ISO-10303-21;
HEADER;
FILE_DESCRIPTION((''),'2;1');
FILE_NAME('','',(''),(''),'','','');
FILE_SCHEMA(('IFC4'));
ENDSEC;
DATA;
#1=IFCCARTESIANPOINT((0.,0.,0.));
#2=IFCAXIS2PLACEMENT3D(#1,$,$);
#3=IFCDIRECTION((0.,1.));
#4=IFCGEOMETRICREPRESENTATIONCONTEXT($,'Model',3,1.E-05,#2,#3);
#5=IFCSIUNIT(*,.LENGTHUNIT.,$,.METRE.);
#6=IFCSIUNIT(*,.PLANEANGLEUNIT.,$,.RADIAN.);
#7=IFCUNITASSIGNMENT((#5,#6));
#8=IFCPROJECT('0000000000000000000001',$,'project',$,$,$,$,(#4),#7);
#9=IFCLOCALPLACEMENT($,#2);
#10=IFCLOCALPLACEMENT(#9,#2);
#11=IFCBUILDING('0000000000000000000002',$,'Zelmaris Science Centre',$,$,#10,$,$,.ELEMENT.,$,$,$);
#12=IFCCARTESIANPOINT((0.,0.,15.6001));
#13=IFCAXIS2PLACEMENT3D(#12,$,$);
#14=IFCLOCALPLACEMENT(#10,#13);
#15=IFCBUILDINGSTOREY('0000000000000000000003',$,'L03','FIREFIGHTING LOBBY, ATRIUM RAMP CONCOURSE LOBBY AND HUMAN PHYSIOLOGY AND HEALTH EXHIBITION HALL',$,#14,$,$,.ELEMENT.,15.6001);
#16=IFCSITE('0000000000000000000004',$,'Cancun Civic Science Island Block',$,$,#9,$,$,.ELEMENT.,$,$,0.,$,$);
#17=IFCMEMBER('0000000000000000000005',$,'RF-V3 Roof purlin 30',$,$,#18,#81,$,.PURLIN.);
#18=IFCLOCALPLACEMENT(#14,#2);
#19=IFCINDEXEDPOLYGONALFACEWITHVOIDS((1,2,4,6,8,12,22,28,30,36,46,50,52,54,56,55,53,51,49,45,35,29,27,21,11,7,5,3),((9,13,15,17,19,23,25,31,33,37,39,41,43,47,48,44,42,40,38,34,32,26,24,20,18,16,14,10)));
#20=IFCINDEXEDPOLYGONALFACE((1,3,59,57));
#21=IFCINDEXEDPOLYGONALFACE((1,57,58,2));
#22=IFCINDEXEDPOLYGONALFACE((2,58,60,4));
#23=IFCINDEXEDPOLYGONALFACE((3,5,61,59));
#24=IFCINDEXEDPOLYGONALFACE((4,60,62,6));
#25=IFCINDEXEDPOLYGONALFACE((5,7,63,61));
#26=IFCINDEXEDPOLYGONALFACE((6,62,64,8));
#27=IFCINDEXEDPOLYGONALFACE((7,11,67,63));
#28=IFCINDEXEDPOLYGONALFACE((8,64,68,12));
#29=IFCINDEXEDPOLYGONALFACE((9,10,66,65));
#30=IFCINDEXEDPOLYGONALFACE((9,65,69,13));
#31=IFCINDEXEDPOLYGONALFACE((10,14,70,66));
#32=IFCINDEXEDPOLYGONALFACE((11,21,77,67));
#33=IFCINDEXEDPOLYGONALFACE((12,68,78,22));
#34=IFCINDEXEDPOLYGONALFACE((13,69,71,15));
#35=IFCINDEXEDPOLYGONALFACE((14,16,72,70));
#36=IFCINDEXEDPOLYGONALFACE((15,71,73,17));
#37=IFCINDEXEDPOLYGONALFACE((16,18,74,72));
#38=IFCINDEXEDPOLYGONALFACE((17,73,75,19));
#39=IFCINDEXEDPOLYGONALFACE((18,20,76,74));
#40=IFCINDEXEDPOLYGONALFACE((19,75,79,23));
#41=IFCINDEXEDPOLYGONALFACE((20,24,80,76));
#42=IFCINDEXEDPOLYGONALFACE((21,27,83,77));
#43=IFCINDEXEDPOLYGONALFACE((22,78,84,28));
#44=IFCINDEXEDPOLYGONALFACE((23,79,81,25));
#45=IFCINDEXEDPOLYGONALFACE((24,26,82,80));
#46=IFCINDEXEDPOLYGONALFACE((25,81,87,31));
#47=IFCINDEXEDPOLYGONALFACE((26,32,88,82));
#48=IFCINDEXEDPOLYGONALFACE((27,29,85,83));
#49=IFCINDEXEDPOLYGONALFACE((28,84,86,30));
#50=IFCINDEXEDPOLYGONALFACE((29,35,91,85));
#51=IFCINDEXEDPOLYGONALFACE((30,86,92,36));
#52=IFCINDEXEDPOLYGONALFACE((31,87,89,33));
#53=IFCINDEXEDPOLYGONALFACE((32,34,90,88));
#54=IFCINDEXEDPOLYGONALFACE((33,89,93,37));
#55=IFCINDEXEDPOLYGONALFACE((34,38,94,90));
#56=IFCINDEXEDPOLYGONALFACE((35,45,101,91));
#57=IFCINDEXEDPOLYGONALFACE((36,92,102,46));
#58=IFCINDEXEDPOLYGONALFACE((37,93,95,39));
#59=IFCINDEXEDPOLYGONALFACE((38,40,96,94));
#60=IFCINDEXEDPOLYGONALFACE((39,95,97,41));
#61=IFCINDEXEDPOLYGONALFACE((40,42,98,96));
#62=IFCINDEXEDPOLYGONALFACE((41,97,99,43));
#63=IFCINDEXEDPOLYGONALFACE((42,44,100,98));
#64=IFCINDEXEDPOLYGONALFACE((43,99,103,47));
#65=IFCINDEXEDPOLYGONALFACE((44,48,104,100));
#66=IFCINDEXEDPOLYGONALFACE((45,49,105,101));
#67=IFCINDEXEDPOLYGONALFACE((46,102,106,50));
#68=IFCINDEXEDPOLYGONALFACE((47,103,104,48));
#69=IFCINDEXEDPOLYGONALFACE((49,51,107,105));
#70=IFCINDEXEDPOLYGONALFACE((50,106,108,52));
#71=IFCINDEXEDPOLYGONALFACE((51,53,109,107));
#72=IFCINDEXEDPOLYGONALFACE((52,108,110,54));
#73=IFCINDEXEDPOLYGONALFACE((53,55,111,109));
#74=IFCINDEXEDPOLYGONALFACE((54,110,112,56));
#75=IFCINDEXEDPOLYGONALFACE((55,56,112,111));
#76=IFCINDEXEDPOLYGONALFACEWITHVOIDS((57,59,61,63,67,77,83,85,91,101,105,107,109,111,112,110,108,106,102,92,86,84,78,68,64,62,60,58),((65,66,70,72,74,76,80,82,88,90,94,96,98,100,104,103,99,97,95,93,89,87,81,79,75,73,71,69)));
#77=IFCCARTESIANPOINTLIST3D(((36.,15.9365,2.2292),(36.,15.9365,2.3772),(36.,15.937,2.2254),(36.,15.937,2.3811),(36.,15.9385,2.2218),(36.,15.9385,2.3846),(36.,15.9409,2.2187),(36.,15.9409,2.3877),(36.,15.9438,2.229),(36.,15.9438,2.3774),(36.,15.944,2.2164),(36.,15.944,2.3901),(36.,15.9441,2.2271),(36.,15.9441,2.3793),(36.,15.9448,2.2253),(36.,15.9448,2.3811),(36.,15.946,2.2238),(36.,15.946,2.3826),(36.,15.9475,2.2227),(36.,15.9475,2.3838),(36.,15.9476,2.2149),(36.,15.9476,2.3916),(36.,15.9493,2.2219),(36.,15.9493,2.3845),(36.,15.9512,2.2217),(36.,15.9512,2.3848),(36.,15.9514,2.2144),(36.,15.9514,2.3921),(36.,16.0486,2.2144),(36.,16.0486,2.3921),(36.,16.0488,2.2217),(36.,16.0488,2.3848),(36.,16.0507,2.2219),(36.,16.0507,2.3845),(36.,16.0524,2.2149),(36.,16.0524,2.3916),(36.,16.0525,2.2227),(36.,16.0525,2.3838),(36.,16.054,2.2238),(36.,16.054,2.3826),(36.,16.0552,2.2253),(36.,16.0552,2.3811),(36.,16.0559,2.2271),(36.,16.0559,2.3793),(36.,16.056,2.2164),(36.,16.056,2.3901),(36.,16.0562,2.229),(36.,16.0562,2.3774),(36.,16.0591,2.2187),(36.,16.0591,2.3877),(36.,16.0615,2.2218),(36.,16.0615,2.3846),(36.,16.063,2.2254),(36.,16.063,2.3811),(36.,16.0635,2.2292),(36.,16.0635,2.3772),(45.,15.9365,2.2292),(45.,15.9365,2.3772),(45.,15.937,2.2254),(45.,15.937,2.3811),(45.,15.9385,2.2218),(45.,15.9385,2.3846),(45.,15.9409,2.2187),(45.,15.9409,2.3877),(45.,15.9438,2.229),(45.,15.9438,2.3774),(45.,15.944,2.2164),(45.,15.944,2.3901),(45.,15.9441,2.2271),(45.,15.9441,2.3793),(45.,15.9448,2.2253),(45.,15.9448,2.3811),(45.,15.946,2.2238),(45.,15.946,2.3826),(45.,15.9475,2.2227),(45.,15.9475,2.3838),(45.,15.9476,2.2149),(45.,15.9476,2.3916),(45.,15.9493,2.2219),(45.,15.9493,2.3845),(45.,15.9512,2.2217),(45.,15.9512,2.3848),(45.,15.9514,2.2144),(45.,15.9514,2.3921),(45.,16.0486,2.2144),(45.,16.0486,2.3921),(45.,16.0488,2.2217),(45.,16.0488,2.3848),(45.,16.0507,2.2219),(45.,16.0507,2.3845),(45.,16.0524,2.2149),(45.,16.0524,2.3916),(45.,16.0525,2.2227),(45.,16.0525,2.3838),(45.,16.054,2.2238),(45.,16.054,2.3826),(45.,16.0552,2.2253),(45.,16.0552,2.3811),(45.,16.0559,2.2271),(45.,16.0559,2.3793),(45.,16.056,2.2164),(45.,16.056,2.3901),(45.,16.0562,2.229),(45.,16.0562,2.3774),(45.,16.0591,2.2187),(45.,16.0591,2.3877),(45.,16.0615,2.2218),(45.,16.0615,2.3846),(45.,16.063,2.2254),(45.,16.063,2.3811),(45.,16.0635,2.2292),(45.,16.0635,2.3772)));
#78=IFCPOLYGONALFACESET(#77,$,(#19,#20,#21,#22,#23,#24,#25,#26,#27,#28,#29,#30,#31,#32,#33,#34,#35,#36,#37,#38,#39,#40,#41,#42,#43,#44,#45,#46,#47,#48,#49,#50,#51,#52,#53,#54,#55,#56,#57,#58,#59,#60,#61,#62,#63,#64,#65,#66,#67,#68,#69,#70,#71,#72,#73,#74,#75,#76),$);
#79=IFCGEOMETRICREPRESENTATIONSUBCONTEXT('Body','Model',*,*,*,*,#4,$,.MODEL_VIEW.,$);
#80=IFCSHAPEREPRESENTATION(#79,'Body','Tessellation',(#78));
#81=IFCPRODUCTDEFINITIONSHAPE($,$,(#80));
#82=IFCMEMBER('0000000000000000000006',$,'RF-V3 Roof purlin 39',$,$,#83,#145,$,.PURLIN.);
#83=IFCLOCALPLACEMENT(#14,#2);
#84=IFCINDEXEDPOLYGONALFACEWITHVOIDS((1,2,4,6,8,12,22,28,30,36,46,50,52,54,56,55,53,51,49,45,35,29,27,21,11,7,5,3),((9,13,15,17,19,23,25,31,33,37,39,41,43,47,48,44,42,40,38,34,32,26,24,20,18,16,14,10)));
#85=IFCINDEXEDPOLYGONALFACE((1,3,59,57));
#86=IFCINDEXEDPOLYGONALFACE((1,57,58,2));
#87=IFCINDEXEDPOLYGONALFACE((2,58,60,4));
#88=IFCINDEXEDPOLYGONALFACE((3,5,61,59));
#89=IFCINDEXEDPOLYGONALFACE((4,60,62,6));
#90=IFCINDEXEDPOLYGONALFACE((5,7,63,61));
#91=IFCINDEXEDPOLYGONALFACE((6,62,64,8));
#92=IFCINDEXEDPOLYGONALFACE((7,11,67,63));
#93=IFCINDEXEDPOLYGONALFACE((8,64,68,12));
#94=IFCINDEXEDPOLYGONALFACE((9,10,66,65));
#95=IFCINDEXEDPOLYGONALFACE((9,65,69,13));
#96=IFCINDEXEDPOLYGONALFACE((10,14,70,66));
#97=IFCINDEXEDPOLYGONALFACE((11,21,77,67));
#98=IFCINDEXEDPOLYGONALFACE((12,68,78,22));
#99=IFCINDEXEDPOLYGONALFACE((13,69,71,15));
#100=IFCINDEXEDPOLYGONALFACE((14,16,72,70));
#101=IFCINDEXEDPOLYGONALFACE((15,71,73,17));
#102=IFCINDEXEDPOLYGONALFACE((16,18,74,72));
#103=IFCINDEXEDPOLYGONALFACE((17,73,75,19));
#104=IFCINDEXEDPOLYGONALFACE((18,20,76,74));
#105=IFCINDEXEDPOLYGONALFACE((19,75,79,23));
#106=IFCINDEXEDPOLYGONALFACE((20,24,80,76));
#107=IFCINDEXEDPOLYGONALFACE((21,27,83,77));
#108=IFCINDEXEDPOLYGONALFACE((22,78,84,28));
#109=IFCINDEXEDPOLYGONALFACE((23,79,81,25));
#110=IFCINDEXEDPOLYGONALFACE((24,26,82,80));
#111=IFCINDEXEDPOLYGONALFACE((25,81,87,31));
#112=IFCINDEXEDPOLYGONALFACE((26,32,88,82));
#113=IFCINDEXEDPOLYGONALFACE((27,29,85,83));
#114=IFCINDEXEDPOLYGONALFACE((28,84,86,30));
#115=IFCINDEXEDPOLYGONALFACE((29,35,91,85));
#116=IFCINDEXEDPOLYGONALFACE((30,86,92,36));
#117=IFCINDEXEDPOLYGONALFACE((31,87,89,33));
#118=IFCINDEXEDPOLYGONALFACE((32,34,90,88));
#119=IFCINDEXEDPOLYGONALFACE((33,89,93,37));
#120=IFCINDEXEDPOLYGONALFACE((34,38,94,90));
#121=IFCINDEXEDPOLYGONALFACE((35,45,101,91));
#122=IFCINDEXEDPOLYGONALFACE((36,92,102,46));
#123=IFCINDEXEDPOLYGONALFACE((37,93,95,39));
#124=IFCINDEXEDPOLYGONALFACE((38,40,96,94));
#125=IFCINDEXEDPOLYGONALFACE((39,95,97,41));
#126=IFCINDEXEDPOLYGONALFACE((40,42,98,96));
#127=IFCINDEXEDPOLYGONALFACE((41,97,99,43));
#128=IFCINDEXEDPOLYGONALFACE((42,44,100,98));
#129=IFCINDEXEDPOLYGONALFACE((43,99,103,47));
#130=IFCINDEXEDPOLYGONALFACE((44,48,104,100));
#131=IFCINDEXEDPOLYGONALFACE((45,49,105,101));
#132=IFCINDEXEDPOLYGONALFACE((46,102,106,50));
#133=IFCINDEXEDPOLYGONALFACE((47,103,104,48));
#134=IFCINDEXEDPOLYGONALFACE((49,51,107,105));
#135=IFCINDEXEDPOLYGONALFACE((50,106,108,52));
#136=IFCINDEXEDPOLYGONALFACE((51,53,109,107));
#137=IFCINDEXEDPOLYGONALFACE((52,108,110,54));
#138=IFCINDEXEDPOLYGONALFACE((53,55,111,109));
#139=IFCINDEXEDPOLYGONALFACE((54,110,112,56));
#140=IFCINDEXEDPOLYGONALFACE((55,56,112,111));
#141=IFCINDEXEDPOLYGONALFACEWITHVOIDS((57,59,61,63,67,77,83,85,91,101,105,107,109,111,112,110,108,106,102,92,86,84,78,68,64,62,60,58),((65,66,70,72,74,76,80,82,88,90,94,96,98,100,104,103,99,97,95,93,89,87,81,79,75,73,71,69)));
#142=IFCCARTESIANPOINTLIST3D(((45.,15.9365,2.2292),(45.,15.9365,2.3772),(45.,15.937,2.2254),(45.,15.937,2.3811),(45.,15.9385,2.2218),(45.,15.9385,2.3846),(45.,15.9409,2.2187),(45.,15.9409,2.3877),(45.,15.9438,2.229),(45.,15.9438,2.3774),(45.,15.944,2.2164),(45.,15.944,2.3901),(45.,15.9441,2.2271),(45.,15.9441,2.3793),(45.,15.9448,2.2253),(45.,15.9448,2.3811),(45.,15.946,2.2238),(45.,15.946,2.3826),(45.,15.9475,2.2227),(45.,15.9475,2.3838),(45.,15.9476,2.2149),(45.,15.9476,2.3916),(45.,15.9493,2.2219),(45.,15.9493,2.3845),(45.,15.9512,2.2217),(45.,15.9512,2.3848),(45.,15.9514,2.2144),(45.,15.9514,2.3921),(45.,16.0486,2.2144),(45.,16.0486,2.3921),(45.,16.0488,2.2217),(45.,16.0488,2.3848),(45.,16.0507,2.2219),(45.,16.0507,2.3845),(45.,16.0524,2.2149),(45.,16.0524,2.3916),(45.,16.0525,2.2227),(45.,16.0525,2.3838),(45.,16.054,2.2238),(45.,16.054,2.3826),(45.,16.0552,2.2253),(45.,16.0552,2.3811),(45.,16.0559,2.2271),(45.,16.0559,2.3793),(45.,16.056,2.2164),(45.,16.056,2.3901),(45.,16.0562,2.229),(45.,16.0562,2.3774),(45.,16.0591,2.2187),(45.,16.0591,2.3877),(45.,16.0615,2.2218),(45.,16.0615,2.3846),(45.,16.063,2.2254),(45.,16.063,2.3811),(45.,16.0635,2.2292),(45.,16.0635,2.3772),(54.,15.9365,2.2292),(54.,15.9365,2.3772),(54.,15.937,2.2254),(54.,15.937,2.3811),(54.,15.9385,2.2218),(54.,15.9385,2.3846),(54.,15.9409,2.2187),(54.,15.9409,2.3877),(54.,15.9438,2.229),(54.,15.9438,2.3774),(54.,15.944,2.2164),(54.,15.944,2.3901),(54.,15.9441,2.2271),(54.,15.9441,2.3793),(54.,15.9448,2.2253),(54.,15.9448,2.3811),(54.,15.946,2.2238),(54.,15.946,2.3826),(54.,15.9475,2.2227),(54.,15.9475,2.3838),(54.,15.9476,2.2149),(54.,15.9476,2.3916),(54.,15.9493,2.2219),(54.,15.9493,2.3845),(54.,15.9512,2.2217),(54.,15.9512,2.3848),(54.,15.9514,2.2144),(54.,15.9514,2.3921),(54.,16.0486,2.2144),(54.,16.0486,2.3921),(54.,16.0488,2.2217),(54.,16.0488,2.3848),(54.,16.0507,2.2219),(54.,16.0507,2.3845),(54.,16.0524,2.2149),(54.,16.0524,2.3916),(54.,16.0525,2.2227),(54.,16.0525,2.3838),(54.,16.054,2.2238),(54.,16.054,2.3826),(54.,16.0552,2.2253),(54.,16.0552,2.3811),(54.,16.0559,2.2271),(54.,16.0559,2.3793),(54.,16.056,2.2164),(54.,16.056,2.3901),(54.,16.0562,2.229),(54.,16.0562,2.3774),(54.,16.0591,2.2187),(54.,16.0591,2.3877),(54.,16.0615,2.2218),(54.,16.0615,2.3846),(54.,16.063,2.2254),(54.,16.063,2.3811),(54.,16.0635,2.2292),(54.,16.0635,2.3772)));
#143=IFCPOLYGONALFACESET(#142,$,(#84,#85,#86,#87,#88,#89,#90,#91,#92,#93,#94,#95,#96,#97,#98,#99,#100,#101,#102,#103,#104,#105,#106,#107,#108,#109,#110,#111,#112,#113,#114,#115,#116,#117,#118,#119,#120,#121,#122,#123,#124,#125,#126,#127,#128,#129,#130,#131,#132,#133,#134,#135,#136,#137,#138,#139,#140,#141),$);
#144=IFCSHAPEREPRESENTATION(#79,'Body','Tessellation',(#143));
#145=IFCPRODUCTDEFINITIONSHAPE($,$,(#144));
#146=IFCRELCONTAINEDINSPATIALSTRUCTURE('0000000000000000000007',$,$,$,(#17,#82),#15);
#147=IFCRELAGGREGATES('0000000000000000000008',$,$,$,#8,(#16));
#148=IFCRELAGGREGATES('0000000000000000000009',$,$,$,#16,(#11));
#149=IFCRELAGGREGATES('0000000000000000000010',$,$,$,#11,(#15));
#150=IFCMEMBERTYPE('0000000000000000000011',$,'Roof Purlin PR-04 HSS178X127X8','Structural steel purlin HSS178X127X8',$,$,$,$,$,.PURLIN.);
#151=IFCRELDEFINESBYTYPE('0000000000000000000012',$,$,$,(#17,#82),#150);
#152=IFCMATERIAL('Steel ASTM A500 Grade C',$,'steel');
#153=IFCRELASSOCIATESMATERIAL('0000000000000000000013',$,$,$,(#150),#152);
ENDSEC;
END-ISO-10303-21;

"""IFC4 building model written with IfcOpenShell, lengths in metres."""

from ifc_helpers import new_model, si_unit, direction, frame, origin, origin_2d, place, context, subcontext, project, spatial, hollow_rectangle, extrude, material, material_profile, profile_set, type_object, element, save


model = new_model("IFC4")

# Units and contexts
model_context = context("Model", 3, precision=1e-05, world=origin(), true_north=direction((0.0, 1.0)))
body_context = subcontext(model_context, "Body", "Model", "MODEL_VIEW")
ifc_project = project(units=[si_unit("LENGTHUNIT", "METRE"), si_unit("PLANEANGLEUNIT", "RADIAN")], contexts=[model_context])

# Site, building, storey
site_placement = place(None, origin())
site = spatial("IfcSite", under=ifc_project, at=site_placement, Name="Cancun Civic Science Island Block", CompositionType="ELEMENT", RefElevation=0.0)
building_placement = place(site_placement, origin())
building = spatial("IfcBuilding", under=site, at=building_placement, Name="Zelmaris Science Centre", CompositionType="ELEMENT")
storey_placement = place(building_placement, frame((0.0, 0.0, 15.6001)))
storey = spatial("IfcBuildingStorey", under=building, at=storey_placement, Name="L03", Description="FIREFIGHTING LOBBY, ATRIUM RAMP CONCOURSE LOBBY AND HUMAN PHYSIOLOGY AND HEALTH EXHIBITION HALL", CompositionType="ELEMENT", Elevation=15.6001)

# Shared definitions
ifc_material = material(Name="Steel ASTM A500 Grade C", Category="steel")

# Members
ifc_material_profile_1 = material_profile(ifc_material, hollow_rectangle(XDim=0.127, YDim=0.1777, WallThickness=0.0073, InnerFilletRadius=0.0073, OuterFilletRadius=0.0149, at=origin_2d()), Name="HSS178X127X8")
ifc_profile_set_1 = profile_set([ifc_material_profile_1], Name="Steel ASTM A500 Grade C")
member_type_1 = type_object("IfcMemberType", Name="Roof Purlin PR-04 HSS178X127X8", Description="Structural steel purlin HSS178X127X8", PredefinedType="PURLIN", material=ifc_profile_set_1)
for number, where, z_axis, x_axis, name in (
    (1, (36.0, 16.0, 2.3032), (1.0, 0.0, 0.0), (0.0, 1.0, 0.0), "RF-V3 Roof purlin 30"),
    (2, (45.0, 16.0, 2.3032), (1.0, 0.0, 0.0), (0.0, 1.0, 0.0), "RF-V3 Roof purlin 39"),
):
    element("IfcMember", number, at=place(storey_placement, frame(where, z_axis=z_axis, x_axis=x_axis)), inside=storey, type_object=member_type_1, Name=name, PredefinedType="PURLIN", context=body_context, shape_type="SweptSolid", body=[
        extrude(hollow_rectangle(XDim=0.127, YDim=0.1777, WallThickness=0.0073, InnerFilletRadius=0.0073, OuterFilletRadius=0.0149, at=origin_2d()), origin(), (0.0, 0.0, 1.0), 9.0),
    ])

save(model, "model.ifc")
